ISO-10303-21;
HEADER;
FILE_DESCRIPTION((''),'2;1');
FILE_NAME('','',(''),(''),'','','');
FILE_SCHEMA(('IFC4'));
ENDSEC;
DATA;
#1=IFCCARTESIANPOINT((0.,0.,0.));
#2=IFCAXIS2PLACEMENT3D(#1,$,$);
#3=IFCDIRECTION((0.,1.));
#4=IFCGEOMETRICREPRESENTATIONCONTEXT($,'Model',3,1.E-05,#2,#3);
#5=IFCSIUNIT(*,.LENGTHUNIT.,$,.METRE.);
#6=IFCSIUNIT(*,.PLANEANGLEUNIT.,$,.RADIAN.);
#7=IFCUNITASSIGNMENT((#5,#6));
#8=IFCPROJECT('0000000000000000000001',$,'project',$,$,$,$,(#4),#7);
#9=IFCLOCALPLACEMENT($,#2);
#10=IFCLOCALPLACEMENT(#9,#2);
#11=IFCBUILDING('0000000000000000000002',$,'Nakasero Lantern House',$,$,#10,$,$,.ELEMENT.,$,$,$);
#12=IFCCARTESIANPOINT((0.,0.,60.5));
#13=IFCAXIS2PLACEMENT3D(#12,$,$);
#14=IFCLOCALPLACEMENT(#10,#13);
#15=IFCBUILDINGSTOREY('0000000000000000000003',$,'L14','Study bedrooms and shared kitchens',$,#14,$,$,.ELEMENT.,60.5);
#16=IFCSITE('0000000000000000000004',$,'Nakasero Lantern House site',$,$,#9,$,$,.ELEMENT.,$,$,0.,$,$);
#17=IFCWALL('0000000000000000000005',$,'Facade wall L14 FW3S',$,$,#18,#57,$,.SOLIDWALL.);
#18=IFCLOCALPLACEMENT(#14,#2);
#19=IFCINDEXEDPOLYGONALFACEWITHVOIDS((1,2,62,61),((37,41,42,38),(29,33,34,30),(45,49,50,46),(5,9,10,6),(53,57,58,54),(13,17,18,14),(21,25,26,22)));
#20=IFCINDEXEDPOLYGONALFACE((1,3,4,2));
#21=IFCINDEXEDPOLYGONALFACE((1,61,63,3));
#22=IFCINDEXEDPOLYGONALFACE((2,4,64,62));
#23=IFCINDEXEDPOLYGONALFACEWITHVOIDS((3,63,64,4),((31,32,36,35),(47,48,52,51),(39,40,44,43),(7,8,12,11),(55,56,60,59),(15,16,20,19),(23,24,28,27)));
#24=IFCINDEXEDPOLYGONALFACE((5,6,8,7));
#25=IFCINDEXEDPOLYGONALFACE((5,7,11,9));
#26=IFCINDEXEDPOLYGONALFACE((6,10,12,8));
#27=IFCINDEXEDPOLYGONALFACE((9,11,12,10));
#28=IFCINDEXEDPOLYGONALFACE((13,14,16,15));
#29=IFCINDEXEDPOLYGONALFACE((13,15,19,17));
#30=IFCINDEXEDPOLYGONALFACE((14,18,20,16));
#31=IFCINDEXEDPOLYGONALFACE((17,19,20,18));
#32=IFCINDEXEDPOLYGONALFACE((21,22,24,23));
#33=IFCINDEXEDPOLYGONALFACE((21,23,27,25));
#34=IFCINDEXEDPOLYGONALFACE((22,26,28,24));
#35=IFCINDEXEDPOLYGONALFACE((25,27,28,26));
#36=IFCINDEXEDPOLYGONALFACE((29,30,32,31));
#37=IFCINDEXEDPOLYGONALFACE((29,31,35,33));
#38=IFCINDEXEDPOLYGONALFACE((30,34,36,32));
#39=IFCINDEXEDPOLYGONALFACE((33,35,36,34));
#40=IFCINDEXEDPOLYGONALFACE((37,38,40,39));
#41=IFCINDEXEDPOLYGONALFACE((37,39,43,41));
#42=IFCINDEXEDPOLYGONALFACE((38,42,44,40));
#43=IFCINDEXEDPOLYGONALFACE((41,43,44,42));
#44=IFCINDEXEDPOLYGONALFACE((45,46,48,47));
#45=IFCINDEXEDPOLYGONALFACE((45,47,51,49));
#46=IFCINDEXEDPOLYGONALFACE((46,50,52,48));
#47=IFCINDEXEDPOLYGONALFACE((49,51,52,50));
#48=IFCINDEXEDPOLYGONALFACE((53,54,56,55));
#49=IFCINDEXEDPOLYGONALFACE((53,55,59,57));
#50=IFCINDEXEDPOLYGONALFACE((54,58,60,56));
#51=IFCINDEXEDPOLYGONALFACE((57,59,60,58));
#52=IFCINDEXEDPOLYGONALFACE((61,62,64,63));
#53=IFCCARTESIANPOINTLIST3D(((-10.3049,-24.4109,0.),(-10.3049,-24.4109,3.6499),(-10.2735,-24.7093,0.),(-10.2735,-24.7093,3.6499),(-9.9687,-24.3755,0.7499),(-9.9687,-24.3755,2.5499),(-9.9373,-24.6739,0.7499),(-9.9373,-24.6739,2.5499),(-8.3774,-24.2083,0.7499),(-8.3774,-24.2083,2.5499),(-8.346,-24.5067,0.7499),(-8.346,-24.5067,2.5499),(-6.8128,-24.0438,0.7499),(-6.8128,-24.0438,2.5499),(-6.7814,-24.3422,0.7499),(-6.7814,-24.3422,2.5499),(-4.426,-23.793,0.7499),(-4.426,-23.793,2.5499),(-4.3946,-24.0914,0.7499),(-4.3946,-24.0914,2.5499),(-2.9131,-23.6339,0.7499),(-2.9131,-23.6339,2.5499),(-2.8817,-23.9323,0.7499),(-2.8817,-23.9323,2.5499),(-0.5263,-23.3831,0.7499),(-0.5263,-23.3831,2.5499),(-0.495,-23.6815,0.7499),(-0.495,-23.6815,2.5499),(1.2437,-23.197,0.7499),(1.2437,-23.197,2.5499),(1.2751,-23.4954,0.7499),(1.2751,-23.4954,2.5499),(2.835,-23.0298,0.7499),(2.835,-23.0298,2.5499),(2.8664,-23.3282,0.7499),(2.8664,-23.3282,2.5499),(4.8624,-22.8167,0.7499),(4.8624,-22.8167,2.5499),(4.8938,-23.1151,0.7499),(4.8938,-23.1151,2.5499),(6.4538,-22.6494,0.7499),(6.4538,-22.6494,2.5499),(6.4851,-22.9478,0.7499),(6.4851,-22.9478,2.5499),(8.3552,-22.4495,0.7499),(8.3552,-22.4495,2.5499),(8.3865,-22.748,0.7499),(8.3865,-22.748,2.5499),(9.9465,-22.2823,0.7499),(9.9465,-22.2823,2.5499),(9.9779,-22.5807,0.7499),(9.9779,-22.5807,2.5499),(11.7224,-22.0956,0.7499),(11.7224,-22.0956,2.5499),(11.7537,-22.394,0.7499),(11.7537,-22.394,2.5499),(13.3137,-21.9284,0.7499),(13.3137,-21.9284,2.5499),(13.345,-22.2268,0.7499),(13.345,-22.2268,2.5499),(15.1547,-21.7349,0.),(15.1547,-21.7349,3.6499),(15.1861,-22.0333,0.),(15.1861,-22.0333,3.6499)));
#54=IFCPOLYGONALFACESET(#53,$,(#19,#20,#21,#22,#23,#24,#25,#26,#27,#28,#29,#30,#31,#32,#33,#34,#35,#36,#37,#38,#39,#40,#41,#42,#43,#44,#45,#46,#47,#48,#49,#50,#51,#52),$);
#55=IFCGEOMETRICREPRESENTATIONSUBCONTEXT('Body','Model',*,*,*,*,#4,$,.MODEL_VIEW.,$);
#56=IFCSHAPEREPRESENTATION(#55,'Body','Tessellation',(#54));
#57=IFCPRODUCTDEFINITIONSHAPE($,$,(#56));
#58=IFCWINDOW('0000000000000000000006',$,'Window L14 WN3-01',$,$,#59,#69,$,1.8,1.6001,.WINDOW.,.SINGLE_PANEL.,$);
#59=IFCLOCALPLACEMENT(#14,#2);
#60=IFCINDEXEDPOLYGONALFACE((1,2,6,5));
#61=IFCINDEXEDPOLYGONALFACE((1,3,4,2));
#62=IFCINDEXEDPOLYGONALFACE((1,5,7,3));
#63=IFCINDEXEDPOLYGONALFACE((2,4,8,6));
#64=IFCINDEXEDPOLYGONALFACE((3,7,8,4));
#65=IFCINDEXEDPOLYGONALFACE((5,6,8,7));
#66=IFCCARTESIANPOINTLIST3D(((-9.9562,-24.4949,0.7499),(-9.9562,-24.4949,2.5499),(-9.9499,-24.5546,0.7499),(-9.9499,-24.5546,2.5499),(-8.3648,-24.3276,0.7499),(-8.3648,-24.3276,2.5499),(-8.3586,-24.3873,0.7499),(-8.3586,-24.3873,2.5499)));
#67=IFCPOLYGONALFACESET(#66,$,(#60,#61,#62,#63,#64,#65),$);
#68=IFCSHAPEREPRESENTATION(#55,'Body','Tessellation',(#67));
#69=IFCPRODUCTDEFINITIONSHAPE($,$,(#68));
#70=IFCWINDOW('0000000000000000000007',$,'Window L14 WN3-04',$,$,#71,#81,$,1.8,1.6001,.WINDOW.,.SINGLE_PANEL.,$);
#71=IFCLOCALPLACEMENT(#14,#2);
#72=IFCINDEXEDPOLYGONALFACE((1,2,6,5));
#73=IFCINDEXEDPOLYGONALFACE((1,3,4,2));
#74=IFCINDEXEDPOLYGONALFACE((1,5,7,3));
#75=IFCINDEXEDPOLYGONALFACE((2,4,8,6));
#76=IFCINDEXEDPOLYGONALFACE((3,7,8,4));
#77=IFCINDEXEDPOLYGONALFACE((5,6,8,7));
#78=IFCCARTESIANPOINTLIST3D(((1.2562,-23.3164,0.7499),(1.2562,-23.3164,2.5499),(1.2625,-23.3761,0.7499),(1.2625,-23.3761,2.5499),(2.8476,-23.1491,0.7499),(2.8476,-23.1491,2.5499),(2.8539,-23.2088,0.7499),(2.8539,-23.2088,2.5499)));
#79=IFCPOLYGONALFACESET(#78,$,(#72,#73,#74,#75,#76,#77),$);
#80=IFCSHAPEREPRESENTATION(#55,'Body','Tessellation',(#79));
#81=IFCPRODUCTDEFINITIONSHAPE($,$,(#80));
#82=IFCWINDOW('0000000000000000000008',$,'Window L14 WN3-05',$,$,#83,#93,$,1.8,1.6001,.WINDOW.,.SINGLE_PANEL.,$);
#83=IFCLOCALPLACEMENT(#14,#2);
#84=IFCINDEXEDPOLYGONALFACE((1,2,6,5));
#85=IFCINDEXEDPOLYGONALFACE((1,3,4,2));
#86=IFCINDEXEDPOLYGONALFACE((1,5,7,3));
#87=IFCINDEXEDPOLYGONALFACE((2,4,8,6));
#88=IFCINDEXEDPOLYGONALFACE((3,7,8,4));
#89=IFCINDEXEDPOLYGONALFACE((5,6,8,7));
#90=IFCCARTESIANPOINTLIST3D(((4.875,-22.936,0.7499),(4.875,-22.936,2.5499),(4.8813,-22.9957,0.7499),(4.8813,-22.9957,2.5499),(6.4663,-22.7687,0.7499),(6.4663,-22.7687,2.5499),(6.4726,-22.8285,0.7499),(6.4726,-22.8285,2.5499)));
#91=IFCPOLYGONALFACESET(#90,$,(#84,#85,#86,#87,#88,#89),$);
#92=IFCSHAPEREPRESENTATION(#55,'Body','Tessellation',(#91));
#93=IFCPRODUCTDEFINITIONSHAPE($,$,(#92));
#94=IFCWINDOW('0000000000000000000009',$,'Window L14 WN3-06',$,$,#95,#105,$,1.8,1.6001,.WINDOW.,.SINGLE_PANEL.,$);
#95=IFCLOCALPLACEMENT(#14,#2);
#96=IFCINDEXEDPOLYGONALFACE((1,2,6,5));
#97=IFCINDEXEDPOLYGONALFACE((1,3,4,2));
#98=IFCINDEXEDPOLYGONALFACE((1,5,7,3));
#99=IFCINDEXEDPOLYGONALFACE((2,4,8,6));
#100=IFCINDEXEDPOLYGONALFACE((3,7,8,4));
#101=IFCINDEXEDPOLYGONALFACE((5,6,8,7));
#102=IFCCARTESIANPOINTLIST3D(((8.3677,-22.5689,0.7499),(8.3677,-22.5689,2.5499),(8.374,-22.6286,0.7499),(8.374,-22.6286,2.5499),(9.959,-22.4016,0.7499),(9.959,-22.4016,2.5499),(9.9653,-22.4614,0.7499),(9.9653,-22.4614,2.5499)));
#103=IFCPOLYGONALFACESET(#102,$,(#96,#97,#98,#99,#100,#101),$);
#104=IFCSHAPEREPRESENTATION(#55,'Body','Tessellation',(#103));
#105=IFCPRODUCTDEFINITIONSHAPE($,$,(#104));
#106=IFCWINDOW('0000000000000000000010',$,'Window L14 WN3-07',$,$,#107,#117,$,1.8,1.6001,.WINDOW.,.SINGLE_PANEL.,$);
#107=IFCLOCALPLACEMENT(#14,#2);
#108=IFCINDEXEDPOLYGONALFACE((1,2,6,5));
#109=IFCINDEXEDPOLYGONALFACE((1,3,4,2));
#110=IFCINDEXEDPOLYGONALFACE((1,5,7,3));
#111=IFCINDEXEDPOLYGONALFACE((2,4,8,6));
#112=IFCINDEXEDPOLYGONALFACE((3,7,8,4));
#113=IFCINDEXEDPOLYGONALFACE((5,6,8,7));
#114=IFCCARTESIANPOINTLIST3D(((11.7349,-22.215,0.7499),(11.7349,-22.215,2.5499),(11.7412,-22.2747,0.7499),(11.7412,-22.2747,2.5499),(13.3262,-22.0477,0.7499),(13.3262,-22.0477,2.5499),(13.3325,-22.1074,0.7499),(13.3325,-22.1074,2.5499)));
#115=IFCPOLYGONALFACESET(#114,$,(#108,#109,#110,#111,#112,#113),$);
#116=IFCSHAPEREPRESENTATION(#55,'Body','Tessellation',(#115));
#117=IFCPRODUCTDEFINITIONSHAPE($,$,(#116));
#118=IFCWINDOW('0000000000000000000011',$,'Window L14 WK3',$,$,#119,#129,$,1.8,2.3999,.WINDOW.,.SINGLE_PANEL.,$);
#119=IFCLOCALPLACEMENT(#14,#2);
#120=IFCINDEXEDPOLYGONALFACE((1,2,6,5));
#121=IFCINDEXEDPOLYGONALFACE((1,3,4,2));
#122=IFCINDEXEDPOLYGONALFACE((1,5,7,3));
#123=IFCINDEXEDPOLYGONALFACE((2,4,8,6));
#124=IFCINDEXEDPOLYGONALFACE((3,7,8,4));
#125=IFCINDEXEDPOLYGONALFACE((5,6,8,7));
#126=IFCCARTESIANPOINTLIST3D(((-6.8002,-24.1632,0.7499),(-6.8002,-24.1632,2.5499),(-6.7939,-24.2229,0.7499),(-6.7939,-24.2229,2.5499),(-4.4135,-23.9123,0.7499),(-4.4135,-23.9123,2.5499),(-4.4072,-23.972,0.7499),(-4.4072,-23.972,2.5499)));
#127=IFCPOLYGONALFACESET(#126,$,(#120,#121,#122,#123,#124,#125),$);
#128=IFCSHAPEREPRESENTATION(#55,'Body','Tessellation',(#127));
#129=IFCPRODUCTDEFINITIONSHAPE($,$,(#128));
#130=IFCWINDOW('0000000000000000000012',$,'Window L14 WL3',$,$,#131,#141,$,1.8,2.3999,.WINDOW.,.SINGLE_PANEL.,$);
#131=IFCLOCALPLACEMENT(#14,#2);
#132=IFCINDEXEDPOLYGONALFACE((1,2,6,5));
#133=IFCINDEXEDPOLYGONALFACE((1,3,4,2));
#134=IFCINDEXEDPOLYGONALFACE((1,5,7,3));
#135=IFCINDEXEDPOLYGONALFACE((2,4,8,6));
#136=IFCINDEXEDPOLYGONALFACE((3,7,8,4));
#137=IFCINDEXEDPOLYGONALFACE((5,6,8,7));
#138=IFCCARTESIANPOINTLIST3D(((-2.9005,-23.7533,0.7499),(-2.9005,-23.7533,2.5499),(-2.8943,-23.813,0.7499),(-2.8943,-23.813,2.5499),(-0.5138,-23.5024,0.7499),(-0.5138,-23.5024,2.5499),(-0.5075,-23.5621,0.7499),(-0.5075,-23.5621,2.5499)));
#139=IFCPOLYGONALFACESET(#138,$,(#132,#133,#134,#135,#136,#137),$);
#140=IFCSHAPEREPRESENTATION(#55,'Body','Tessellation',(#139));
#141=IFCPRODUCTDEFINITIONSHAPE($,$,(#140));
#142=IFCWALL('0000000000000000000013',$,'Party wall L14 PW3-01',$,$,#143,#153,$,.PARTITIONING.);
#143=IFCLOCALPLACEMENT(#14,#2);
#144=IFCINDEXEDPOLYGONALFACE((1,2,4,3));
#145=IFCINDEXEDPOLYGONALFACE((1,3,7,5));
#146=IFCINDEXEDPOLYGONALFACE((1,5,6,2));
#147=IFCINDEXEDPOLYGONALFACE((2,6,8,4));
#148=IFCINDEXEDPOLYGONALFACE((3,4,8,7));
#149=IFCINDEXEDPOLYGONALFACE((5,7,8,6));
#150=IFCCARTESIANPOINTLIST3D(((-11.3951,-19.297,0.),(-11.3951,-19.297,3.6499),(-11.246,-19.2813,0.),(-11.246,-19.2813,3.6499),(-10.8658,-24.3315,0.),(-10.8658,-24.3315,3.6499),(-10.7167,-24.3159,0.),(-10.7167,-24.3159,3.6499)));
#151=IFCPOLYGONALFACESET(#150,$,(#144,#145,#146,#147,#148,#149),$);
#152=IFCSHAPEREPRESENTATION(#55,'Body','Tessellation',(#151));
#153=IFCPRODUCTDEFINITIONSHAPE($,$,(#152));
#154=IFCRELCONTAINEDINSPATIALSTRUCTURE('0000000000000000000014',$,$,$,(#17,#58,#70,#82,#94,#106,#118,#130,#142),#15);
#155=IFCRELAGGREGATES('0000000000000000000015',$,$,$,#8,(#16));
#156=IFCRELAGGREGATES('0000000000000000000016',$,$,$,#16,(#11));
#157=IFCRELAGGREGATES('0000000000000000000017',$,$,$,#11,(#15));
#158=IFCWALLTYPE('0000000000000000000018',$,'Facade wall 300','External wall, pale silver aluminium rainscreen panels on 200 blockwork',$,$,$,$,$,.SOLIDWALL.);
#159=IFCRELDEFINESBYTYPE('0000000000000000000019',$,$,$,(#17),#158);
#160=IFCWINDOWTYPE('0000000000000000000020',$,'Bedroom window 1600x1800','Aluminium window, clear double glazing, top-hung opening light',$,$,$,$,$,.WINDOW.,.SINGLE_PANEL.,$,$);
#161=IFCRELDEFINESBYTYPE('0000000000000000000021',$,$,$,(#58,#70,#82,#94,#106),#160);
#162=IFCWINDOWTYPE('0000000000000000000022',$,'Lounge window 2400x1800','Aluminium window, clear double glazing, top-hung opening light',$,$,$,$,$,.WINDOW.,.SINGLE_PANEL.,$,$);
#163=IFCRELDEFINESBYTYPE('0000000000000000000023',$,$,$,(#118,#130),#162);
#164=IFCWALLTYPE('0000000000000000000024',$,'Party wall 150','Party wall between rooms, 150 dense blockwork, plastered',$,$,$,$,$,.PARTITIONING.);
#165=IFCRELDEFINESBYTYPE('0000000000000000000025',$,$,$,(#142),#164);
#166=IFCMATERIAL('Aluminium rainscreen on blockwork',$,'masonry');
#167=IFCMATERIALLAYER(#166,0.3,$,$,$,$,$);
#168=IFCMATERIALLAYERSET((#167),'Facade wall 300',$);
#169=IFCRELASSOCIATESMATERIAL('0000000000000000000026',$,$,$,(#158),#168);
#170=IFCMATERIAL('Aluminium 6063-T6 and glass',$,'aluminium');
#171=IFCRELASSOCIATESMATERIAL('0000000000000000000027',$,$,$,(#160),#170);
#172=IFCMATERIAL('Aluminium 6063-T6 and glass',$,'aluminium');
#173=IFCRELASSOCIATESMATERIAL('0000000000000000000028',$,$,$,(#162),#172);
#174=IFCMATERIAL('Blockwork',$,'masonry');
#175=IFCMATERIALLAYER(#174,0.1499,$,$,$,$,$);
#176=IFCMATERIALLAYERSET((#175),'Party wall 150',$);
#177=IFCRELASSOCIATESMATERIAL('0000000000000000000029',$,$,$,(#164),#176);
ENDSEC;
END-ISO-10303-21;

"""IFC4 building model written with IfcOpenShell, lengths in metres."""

from ifc_helpers import new_model, si_unit, direction, frame, frame_2d, origin, place, context, subcontext, project, spatial, rectangle, extrude, material, layer, layer_set, type_object, element, fill, save


model = new_model("IFC4")

# Units and contexts
model_context = context("Model", 3, precision=1e-05, world=origin(), true_north=direction((0.0, 1.0)))
body_context = subcontext(model_context, "Body", "Model", "MODEL_VIEW")
ifc_project = project(units=[si_unit("LENGTHUNIT", "METRE"), si_unit("PLANEANGLEUNIT", "RADIAN")], contexts=[model_context])

# Site, building, storey
site_placement = place(None, origin())
site = spatial("IfcSite", under=ifc_project, at=site_placement, Name="Nakasero Lantern House site", CompositionType="ELEMENT", RefElevation=0.0)
building_placement = place(site_placement, origin())
building = spatial("IfcBuilding", under=site, at=building_placement, Name="Nakasero Lantern House", CompositionType="ELEMENT")
storey_placement = place(building_placement, frame((0.0, 0.0, 60.5)))
storey = spatial("IfcBuildingStorey", under=building, at=storey_placement, Name="L14", Description="Study bedrooms and shared kitchens", CompositionType="ELEMENT", Elevation=60.5)

# Wall, openings, windows
ifc_material_1 = material(Name="Aluminium rainscreen on blockwork", Category="masonry")
ifc_layer_1 = layer(ifc_material_1, 0.3)
ifc_layer_set_1 = layer_set([ifc_layer_1], Name="Facade wall 300")
wall_type_1 = type_object("IfcWallType", Name="Facade wall 300", Description="External wall, pale silver aluminium rainscreen panels on 200 blockwork", PredefinedType="SOLIDWALL", material=ifc_layer_set_1)
wall_1_placement = place(storey_placement, frame((-10.2891, -24.5601, 0.0), z_axis=(0.0, 0.0, 1.0), x_axis=(0.994521, 0.104532, 0.0)))
wall_1 = element("IfcWall", 1, at=wall_1_placement, inside=storey, type_object=wall_type_1, Name="Facade wall L14 FW3S", PredefinedType="SOLIDWALL", context=body_context, shape_type="SweptSolid", body=[
    extrude(rectangle(XDim=25.5999, YDim=0.3, at=frame_2d((12.7998, 0.0))), origin(), (0.0, 0.0, 1.0), 3.6499),
])
opening_1_placement = place(wall_1_placement, frame((0.3379, 0.0, 0.75)))
opening_1 = element("IfcOpeningElement", 2, at=opening_1_placement, cuts=wall_1, PredefinedType="OPENING", context=body_context, shape_type="SweptSolid", body=[
    extrude(rectangle(XDim=1.6001, YDim=1.8, at=frame_2d((0.8, 0.8999))), frame((0.0, 0.1699, 0.0), z_axis=(0.0, -1.0, 0.0), x_axis=(1.0, 0.0, 0.0)), (0.0, 0.0, 1.0), 0.3401),
])
opening_2_placement = place(wall_1_placement, frame((11.6121, 0.0, 0.75)))
opening_2 = element("IfcOpeningElement", 3, at=opening_2_placement, cuts=wall_1, PredefinedType="OPENING", context=body_context, shape_type="SweptSolid", body=[
    extrude(rectangle(XDim=1.6001, YDim=1.8, at=frame_2d((0.8, 0.8999))), frame((0.0, 0.1699, 0.0), z_axis=(0.0, -1.0, 0.0), x_axis=(1.0, 0.0, 0.0)), (0.0, 0.0, 1.0), 0.3401),
])
opening_3_placement = place(wall_1_placement, frame((15.2507, 0.0, 0.75)))
opening_3 = element("IfcOpeningElement", 4, at=opening_3_placement, cuts=wall_1, PredefinedType="OPENING", context=body_context, shape_type="SweptSolid", body=[
    extrude(rectangle(XDim=1.6001, YDim=1.8, at=frame_2d((0.8, 0.8999))), frame((0.0, 0.1699, 0.0), z_axis=(0.0, -1.0, 0.0), x_axis=(1.0, 0.0, 0.0)), (0.0, 0.0, 1.0), 0.3401),
])
opening_4_placement = place(wall_1_placement, frame((18.7627, 0.0, 0.75)))
opening_4 = element("IfcOpeningElement", 5, at=opening_4_placement, cuts=wall_1, PredefinedType="OPENING", context=body_context, shape_type="SweptSolid", body=[
    extrude(rectangle(XDim=1.6001, YDim=1.8, at=frame_2d((0.8, 0.8999))), frame((0.0, 0.1699, 0.0), z_axis=(0.0, -1.0, 0.0), x_axis=(1.0, 0.0, 0.0)), (0.0, 0.0, 1.0), 0.3401),
])
opening_5_placement = place(wall_1_placement, frame((22.1484, 0.0, 0.75)))
opening_5 = element("IfcOpeningElement", 6, at=opening_5_placement, cuts=wall_1, PredefinedType="OPENING", context=body_context, shape_type="SweptSolid", body=[
    extrude(rectangle(XDim=1.6001, YDim=1.8, at=frame_2d((0.8, 0.8999))), frame((0.0, 0.1699, 0.0), z_axis=(0.0, -1.0, 0.0), x_axis=(1.0, 0.0, 0.0)), (0.0, 0.0, 1.0), 0.3401),
])
opening_6_placement = place(wall_1_placement, frame((3.5112, 0.0, 0.75)))
opening_6 = element("IfcOpeningElement", 7, at=opening_6_placement, cuts=wall_1, PredefinedType="OPENING", context=body_context, shape_type="SweptSolid", body=[
    extrude(rectangle(XDim=2.3999, YDim=1.8, at=frame_2d((1.2, 0.8999))), frame((0.0, 0.1699, 0.0), z_axis=(0.0, -1.0, 0.0), x_axis=(1.0, 0.0, 0.0)), (0.0, 0.0, 1.0), 0.3401),
])
opening_7_placement = place(wall_1_placement, frame((7.4324, 0.0, 0.75)))
opening_7 = element("IfcOpeningElement", 8, at=opening_7_placement, cuts=wall_1, PredefinedType="OPENING", context=body_context, shape_type="SweptSolid", body=[
    extrude(rectangle(XDim=2.3999, YDim=1.8, at=frame_2d((1.2, 0.8999))), frame((0.0, 0.1699, 0.0), z_axis=(0.0, -1.0, 0.0), x_axis=(1.0, 0.0, 0.0)), (0.0, 0.0, 1.0), 0.3401),
])
ifc_material_2 = material(Name="Aluminium 6063-T6 and glass", Category="aluminium")
window_type_1 = type_object("IfcWindowType", Name="Bedroom window 1600x1800", Description="Aluminium window, clear double glazing, top-hung opening light", PartitioningType="SINGLE_PANEL", PredefinedType="WINDOW", material=ifc_material_2)
window_1_placement = place(opening_1_placement, origin())
window_1 = element("IfcWindow", 9, at=window_1_placement, inside=storey, type_object=window_type_1, Name="Window L14 WN3-01", OverallHeight=1.8, OverallWidth=1.6001, PartitioningType="SINGLE_PANEL", PredefinedType="WINDOW", context=body_context, shape_type="SweptSolid", body=[
    extrude(rectangle(XDim=1.6001, YDim=1.8, at=frame_2d((0.8, 0.8999))), frame((0.0, 0.03, 0.0), z_axis=(0.0, -1.0, 0.0), x_axis=(1.0, 0.0, 0.0)), (0.0, 0.0, 1.0), 0.0601),
])
fill(opening_1, window_1)
window_2_placement = place(opening_2_placement, origin())
window_2 = element("IfcWindow", 10, at=window_2_placement, inside=storey, type_object=window_type_1, Name="Window L14 WN3-04", OverallHeight=1.8, OverallWidth=1.6001, PartitioningType="SINGLE_PANEL", PredefinedType="WINDOW", context=body_context, shape_type="SweptSolid", body=[
    extrude(rectangle(XDim=1.6001, YDim=1.8, at=frame_2d((0.8, 0.8999))), frame((0.0, 0.03, 0.0), z_axis=(0.0, -1.0, 0.0), x_axis=(1.0, 0.0, 0.0)), (0.0, 0.0, 1.0), 0.0601),
])
fill(opening_2, window_2)
window_3_placement = place(opening_3_placement, origin())
window_3 = element("IfcWindow", 11, at=window_3_placement, inside=storey, type_object=window_type_1, Name="Window L14 WN3-05", OverallHeight=1.8, OverallWidth=1.6001, PartitioningType="SINGLE_PANEL", PredefinedType="WINDOW", context=body_context, shape_type="SweptSolid", body=[
    extrude(rectangle(XDim=1.6001, YDim=1.8, at=frame_2d((0.8, 0.8999))), frame((0.0, 0.03, 0.0), z_axis=(0.0, -1.0, 0.0), x_axis=(1.0, 0.0, 0.0)), (0.0, 0.0, 1.0), 0.0601),
])
fill(opening_3, window_3)
window_4_placement = place(opening_4_placement, origin())
window_4 = element("IfcWindow", 12, at=window_4_placement, inside=storey, type_object=window_type_1, Name="Window L14 WN3-06", OverallHeight=1.8, OverallWidth=1.6001, PartitioningType="SINGLE_PANEL", PredefinedType="WINDOW", context=body_context, shape_type="SweptSolid", body=[
    extrude(rectangle(XDim=1.6001, YDim=1.8, at=frame_2d((0.8, 0.8999))), frame((0.0, 0.03, 0.0), z_axis=(0.0, -1.0, 0.0), x_axis=(1.0, 0.0, 0.0)), (0.0, 0.0, 1.0), 0.0601),
])
fill(opening_4, window_4)
window_5_placement = place(opening_5_placement, origin())
window_5 = element("IfcWindow", 13, at=window_5_placement, inside=storey, type_object=window_type_1, Name="Window L14 WN3-07", OverallHeight=1.8, OverallWidth=1.6001, PartitioningType="SINGLE_PANEL", PredefinedType="WINDOW", context=body_context, shape_type="SweptSolid", body=[
    extrude(rectangle(XDim=1.6001, YDim=1.8, at=frame_2d((0.8, 0.8999))), frame((0.0, 0.03, 0.0), z_axis=(0.0, -1.0, 0.0), x_axis=(1.0, 0.0, 0.0)), (0.0, 0.0, 1.0), 0.0601),
])
fill(opening_5, window_5)
ifc_material_3 = material(Name="Aluminium 6063-T6 and glass", Category="aluminium")
window_type_2 = type_object("IfcWindowType", Name="Lounge window 2400x1800", Description="Aluminium window, clear double glazing, top-hung opening light", PartitioningType="SINGLE_PANEL", PredefinedType="WINDOW", material=ifc_material_3)
window_6_placement = place(opening_6_placement, origin())
window_6 = element("IfcWindow", 14, at=window_6_placement, inside=storey, type_object=window_type_2, Name="Window L14 WK3", OverallHeight=1.8, OverallWidth=2.3999, PartitioningType="SINGLE_PANEL", PredefinedType="WINDOW", context=body_context, shape_type="SweptSolid", body=[
    extrude(rectangle(XDim=2.3999, YDim=1.8, at=frame_2d((1.2, 0.8999))), frame((0.0, 0.03, 0.0), z_axis=(0.0, -1.0, 0.0), x_axis=(1.0, 0.0, 0.0)), (0.0, 0.0, 1.0), 0.0601),
])
fill(opening_6, window_6)
window_7_placement = place(opening_7_placement, origin())
window_7 = element("IfcWindow", 15, at=window_7_placement, inside=storey, type_object=window_type_2, Name="Window L14 WL3", OverallHeight=1.8, OverallWidth=2.3999, PartitioningType="SINGLE_PANEL", PredefinedType="WINDOW", context=body_context, shape_type="SweptSolid", body=[
    extrude(rectangle(XDim=2.3999, YDim=1.8, at=frame_2d((1.2, 0.8999))), frame((0.0, 0.03, 0.0), z_axis=(0.0, -1.0, 0.0), x_axis=(1.0, 0.0, 0.0)), (0.0, 0.0, 1.0), 0.0601),
])
fill(opening_7, window_7)

# Wall
ifc_material_4 = material(Name="Blockwork", Category="masonry")
ifc_layer_2 = layer(ifc_material_4, 0.1499)
ifc_layer_set_2 = layer_set([ifc_layer_2], Name="Party wall 150")
wall_type_2 = type_object("IfcWallType", Name="Party wall 150", Description="Party wall between rooms, 150 dense blockwork, plastered", PredefinedType="PARTITIONING", material=ifc_layer_set_2)
wall_2_placement = place(storey_placement, frame((-11.3206, -19.2891, 0.0), z_axis=(0.0, 0.0, 1.0), x_axis=(0.104559, -0.994519, 0.0)))
element("IfcWall", 16, at=wall_2_placement, inside=storey, type_object=wall_type_2, Name="Party wall L14 PW3-01", PredefinedType="PARTITIONING", context=body_context, shape_type="SweptSolid", body=[
    extrude(rectangle(XDim=5.0623, YDim=0.1499, at=frame_2d((2.5312, 0.0))), origin(), (0.0, 0.0, 1.0), 3.6499),
])

save(model, "model.ifc")
